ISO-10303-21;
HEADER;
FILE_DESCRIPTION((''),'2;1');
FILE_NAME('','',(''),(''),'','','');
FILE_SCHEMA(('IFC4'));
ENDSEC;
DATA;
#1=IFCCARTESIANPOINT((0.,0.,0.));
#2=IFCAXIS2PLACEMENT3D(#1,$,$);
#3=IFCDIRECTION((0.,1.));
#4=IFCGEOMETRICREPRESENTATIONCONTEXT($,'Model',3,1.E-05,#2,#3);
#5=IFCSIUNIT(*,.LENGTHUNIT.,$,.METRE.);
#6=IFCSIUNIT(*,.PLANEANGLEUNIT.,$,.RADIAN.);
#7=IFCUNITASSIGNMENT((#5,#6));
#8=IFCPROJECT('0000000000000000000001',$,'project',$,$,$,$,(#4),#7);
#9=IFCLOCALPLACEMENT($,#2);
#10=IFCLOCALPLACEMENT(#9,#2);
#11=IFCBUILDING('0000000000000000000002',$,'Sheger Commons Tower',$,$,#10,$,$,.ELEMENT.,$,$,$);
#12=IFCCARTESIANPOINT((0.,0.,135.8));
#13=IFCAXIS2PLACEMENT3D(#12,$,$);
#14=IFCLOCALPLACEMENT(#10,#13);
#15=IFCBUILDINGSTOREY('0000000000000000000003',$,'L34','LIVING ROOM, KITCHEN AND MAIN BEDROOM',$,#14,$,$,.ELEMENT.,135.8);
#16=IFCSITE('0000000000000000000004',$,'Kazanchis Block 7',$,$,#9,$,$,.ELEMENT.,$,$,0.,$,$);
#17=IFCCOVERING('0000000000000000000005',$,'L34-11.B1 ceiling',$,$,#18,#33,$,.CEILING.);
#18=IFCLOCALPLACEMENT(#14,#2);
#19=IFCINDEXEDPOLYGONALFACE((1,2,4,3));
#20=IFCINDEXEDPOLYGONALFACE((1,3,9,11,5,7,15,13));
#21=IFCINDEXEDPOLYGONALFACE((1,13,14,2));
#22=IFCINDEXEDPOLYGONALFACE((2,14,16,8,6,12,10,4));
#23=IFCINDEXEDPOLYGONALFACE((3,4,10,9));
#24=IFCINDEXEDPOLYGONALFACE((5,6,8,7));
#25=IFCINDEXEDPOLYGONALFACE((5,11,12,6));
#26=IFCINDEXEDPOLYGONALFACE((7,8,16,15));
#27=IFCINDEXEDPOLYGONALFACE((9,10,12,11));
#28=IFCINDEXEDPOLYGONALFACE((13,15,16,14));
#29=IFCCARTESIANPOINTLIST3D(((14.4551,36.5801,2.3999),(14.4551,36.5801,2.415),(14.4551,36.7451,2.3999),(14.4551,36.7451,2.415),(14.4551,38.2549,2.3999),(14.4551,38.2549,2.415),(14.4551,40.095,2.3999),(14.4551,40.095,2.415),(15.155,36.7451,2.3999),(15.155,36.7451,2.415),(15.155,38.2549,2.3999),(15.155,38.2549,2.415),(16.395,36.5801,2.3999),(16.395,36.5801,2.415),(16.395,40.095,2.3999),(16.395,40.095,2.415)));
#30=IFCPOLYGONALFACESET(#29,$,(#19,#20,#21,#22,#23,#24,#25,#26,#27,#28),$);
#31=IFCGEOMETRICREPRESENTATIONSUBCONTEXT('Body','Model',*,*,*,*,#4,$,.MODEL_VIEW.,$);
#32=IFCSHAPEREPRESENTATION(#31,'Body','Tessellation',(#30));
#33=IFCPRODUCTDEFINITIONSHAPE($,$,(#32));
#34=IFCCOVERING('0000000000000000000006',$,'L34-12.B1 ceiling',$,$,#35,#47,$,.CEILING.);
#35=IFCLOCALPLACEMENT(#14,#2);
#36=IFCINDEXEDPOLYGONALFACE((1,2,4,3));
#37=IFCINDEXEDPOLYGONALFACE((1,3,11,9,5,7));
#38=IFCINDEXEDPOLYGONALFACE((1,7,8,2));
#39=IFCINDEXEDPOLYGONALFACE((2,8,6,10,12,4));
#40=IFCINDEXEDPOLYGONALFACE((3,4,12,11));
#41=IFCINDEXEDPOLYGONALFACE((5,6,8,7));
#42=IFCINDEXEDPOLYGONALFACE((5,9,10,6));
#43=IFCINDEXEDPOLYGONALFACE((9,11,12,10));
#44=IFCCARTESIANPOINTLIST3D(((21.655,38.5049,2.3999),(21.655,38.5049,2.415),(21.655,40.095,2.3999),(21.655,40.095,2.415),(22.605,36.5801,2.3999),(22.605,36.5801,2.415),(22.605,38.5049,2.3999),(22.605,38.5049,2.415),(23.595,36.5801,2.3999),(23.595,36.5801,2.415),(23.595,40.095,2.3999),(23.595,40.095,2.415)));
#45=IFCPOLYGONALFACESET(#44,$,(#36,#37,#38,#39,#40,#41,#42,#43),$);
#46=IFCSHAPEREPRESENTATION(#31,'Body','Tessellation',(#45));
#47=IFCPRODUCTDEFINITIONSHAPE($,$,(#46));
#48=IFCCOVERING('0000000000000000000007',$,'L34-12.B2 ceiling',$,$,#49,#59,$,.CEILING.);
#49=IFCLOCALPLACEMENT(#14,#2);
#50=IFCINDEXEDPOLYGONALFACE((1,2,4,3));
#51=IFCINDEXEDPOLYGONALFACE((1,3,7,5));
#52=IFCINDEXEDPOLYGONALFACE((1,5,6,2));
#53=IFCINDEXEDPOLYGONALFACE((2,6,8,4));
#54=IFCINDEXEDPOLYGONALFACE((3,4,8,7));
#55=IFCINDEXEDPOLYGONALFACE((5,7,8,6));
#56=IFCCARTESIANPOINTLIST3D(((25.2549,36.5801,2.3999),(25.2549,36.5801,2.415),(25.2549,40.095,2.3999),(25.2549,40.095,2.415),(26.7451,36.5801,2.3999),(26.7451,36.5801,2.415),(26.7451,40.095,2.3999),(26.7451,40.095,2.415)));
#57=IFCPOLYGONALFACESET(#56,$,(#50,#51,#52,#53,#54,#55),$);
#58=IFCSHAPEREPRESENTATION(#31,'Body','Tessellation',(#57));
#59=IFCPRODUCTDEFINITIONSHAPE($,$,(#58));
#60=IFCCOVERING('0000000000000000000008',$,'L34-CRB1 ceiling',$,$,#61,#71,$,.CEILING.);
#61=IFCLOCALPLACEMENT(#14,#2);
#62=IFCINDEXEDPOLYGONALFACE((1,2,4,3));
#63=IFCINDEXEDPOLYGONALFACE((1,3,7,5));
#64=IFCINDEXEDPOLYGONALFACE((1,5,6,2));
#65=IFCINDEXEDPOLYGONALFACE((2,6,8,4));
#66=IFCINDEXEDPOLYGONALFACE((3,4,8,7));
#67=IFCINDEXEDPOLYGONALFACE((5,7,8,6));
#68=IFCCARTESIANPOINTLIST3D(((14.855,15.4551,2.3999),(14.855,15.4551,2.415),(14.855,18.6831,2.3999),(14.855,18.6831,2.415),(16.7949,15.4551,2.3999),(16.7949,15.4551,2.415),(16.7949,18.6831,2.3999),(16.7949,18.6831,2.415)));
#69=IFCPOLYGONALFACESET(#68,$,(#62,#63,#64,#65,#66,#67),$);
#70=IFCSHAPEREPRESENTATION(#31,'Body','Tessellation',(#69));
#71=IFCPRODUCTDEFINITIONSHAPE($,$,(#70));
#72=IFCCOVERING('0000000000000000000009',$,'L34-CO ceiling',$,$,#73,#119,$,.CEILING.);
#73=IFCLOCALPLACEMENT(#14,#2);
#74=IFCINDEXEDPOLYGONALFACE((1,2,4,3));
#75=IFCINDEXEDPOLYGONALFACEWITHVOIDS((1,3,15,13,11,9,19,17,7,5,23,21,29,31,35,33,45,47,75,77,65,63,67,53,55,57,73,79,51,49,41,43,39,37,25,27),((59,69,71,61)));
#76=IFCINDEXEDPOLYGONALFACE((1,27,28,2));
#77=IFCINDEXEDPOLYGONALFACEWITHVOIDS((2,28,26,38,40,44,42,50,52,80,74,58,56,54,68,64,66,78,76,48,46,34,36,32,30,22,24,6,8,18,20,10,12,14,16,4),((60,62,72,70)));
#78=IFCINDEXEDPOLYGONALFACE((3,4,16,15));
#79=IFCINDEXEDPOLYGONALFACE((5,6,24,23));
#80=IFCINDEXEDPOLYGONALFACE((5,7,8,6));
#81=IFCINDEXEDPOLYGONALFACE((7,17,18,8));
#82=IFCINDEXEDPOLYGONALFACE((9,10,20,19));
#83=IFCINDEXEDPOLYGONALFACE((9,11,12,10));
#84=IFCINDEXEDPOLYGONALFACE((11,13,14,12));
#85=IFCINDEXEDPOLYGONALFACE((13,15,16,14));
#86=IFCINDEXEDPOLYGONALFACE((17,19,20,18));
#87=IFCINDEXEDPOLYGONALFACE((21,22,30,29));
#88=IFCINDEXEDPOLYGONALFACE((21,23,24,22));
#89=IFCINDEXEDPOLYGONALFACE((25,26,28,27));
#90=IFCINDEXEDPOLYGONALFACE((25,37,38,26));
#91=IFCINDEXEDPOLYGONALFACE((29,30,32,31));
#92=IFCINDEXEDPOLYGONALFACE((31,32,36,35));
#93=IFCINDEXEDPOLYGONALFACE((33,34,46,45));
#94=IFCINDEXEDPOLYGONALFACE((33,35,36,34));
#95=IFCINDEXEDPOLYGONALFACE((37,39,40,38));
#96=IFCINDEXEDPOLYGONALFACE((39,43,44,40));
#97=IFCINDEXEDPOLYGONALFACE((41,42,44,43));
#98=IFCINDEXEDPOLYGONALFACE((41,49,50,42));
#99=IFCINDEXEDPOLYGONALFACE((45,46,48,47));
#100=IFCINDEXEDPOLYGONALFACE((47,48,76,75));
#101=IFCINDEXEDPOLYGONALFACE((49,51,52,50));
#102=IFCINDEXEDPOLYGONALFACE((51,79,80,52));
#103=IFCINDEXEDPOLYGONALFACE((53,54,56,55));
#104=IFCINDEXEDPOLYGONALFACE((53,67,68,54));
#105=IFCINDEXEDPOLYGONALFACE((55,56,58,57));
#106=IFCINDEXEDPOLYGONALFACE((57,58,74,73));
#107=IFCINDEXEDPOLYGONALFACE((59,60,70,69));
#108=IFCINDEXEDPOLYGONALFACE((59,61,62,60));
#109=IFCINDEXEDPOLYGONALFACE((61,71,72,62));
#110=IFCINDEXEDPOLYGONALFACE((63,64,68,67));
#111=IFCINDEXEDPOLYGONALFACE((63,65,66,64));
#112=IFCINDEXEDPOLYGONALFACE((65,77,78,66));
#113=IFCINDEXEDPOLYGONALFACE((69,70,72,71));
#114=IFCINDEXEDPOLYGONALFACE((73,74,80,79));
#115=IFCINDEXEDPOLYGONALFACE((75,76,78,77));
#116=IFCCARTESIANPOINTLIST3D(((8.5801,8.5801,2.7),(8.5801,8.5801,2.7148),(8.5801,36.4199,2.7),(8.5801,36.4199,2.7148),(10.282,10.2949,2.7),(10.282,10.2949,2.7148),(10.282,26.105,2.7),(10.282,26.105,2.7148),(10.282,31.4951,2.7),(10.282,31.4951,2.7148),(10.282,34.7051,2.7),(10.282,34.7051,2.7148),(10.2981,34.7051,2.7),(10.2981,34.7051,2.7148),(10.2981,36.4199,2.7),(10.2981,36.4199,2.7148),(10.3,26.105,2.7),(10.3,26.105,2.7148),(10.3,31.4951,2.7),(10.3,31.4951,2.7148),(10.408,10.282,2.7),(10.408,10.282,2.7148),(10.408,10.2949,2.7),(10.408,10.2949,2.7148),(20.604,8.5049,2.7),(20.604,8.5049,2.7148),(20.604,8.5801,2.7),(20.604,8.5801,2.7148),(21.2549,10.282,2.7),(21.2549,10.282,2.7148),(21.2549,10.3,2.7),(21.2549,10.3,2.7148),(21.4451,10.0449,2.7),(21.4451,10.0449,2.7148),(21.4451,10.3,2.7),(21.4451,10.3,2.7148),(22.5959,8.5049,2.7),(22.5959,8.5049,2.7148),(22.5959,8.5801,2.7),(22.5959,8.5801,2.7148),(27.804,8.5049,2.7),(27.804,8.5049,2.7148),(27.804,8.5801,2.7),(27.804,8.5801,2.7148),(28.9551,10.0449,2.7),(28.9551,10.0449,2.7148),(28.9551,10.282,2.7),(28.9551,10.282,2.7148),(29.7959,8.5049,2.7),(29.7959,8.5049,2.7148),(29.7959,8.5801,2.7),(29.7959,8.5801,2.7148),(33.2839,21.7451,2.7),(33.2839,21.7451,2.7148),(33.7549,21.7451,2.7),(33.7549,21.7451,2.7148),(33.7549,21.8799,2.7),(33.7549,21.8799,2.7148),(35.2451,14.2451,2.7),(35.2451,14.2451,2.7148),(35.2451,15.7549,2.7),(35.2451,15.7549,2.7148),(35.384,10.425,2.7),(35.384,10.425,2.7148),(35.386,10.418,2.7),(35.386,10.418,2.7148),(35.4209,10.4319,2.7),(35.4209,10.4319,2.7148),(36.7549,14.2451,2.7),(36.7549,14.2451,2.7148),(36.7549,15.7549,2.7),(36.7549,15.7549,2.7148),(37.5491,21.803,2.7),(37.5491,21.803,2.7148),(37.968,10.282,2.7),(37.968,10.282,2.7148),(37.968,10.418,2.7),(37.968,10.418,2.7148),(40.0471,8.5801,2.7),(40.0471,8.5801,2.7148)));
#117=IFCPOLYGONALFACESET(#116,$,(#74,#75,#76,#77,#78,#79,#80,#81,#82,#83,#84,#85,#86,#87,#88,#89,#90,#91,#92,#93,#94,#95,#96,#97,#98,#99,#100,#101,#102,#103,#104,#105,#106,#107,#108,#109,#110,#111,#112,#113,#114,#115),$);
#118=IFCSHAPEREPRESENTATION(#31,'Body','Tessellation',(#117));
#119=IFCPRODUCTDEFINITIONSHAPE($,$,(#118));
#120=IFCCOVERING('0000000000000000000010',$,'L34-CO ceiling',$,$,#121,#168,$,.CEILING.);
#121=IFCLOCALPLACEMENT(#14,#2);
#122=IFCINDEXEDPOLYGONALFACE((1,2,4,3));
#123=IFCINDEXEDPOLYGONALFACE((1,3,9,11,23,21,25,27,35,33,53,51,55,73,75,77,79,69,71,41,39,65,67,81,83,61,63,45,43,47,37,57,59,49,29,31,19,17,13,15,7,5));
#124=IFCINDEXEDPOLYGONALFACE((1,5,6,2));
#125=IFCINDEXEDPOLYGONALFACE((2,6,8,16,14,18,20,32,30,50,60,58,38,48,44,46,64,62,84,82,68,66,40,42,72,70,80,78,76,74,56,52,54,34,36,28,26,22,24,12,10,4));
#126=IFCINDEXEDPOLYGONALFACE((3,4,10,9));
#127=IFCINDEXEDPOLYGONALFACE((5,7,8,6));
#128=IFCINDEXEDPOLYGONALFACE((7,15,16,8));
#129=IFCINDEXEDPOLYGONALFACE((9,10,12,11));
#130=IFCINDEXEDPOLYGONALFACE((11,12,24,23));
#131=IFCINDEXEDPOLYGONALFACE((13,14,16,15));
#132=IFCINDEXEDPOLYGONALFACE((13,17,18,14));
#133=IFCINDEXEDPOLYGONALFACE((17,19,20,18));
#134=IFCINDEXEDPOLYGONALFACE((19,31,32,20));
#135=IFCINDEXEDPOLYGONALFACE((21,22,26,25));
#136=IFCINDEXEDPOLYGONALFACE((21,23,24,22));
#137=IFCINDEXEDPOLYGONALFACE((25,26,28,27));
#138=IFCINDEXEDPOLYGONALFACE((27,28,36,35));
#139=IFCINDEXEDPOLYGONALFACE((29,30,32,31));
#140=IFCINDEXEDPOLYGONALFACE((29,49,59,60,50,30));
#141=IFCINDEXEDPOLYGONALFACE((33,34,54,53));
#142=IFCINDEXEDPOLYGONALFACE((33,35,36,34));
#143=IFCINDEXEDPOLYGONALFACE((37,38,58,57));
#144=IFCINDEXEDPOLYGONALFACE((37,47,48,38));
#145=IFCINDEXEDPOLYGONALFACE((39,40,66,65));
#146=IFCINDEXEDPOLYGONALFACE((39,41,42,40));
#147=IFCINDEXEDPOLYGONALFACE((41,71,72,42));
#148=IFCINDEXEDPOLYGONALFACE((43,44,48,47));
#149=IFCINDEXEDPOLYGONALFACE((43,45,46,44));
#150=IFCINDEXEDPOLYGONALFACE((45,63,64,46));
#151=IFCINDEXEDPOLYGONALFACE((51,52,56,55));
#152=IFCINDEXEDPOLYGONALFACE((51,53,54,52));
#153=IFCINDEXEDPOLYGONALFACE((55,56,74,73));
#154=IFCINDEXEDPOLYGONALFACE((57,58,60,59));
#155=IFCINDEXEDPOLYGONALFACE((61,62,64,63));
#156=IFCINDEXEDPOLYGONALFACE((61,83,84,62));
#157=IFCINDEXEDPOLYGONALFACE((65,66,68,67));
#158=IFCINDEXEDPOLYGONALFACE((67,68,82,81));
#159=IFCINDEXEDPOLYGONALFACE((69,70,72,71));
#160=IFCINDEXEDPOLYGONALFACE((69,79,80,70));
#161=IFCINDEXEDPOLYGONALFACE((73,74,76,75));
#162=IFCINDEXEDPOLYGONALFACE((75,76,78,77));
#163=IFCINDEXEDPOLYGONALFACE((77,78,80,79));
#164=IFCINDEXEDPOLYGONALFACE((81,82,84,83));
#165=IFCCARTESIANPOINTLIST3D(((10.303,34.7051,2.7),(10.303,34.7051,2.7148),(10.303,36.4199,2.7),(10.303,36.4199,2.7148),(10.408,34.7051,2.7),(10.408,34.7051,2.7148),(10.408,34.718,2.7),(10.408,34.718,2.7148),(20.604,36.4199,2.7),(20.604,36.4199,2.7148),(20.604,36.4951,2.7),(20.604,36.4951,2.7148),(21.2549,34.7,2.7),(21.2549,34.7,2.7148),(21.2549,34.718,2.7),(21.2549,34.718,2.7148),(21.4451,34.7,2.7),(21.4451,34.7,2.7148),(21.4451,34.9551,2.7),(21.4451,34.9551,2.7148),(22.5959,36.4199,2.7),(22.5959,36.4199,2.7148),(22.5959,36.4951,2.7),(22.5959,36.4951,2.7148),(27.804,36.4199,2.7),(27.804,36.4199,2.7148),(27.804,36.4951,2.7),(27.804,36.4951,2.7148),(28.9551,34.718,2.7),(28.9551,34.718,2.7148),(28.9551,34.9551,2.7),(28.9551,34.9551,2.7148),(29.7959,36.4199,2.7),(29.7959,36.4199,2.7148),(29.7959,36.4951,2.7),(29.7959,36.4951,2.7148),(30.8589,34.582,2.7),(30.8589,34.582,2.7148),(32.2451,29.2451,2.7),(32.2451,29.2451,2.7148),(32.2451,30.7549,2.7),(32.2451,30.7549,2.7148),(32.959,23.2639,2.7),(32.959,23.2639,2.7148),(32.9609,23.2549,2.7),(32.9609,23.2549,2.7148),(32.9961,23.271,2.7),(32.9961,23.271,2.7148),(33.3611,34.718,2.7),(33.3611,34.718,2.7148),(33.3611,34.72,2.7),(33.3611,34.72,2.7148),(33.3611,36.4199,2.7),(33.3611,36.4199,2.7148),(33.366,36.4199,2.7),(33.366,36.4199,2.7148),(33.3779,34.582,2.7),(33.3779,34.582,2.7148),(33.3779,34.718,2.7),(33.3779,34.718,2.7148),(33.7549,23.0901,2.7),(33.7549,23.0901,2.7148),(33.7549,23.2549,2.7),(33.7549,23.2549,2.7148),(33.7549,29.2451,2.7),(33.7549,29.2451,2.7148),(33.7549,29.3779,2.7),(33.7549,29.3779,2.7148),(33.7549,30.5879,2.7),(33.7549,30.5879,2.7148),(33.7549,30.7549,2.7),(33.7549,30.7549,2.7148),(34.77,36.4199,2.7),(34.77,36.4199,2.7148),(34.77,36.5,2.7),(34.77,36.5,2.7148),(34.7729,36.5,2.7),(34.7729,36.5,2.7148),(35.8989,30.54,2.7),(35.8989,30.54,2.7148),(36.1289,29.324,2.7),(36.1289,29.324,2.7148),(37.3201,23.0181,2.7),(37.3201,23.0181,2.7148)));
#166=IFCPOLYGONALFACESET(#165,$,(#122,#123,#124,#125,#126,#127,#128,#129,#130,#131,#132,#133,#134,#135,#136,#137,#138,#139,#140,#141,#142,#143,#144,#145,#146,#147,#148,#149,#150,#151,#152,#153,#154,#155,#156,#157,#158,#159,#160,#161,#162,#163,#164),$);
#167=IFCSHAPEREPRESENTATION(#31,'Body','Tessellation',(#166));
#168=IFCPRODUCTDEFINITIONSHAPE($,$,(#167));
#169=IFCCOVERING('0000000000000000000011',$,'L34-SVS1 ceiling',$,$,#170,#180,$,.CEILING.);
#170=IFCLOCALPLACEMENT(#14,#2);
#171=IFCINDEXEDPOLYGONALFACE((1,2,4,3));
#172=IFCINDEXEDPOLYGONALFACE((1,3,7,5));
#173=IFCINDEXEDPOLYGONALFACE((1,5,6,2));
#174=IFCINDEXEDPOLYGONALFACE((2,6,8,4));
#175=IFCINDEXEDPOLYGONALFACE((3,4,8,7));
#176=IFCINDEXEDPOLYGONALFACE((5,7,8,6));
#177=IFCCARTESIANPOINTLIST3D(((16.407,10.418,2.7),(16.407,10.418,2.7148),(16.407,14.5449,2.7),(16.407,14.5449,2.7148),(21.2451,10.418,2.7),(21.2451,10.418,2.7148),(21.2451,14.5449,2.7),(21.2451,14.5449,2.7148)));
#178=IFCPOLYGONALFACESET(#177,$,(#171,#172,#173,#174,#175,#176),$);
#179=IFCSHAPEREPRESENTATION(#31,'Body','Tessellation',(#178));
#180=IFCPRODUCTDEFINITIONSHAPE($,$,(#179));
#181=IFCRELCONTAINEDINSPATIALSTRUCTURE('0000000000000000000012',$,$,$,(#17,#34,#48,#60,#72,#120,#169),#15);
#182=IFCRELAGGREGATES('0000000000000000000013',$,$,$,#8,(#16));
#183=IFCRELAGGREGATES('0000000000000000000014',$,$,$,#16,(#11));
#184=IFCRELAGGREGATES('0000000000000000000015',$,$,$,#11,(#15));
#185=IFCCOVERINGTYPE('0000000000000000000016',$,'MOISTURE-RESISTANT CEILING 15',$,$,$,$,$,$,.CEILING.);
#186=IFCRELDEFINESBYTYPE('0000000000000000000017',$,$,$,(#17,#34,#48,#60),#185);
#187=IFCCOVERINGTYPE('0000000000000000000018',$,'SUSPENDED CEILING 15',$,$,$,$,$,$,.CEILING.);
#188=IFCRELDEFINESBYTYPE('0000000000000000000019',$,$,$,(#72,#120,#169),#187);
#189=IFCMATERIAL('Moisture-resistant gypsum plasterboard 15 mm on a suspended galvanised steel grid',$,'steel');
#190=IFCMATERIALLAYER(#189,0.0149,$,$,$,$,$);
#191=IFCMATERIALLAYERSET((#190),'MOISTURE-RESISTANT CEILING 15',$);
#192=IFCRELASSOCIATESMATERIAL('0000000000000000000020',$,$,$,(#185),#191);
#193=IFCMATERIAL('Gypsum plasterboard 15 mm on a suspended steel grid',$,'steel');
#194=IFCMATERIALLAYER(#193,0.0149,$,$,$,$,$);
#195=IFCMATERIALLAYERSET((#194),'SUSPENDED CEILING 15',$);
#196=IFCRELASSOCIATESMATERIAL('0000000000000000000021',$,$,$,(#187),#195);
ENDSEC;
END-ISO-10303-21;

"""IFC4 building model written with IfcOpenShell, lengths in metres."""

from ifc_helpers import new_model, si_unit, direction, frame, origin, place, context, subcontext, project, spatial, polyline, outline, extrude, material, layer, layer_set, type_object, element, save


model = new_model("IFC4")

# Units and contexts
model_context = context("Model", 3, precision=1e-05, world=origin(), true_north=direction((0.0, 1.0)))
body_context = subcontext(model_context, "Body", "Model", "MODEL_VIEW")
ifc_project = project(units=[si_unit("LENGTHUNIT", "METRE"), si_unit("PLANEANGLEUNIT", "RADIAN")], contexts=[model_context])

# Site, building, storey
site_placement = place(None, origin())
site = spatial("IfcSite", under=ifc_project, at=site_placement, Name="Kazanchis Block 7", CompositionType="ELEMENT", RefElevation=0.0)
building_placement = place(site_placement, origin())
building = spatial("IfcBuilding", under=site, at=building_placement, Name="Sheger Commons Tower", CompositionType="ELEMENT")
storey_placement = place(building_placement, frame((0.0, 0.0, 135.8)))
storey = spatial("IfcBuildingStorey", under=building, at=storey_placement, Name="L34", Description="LIVING ROOM, KITCHEN AND MAIN BEDROOM", CompositionType="ELEMENT", Elevation=135.8)

# Coverings
ifc_material_1 = material(Name="Moisture-resistant gypsum plasterboard 15 mm on a suspended galvanised steel grid", Category="steel")
ifc_layer_1 = layer(ifc_material_1, 0.0149)
ifc_layer_set_1 = layer_set([ifc_layer_1], Name="MOISTURE-RESISTANT CEILING 15")
covering_type_1 = type_object("IfcCoveringType", Name="MOISTURE-RESISTANT CEILING 15", PredefinedType="CEILING", material=ifc_layer_set_1)
covering_1_placement = place(storey_placement, frame((0.0, 0.0, 2.3999)))
element("IfcCovering", 1, at=covering_1_placement, inside=storey, type_object=covering_type_1, Name="L34-11.B1 ceiling", PredefinedType="CEILING", context=body_context, shape_type="SweptSolid", body=[
    extrude(outline(polyline([(14.4551, 36.5801), (16.395, 36.5801), (16.395, 40.095), (14.4551, 40.095), (14.4551, 38.2549), (15.155, 38.2549), (15.155, 36.7451), (14.4551, 36.7451), (14.4551, 36.5801)])), origin(), (0.0, 0.0, 1.0), 0.0151),
])
covering_2_placement = place(storey_placement, frame((0.0, 0.0, 2.3999)))
element("IfcCovering", 2, at=covering_2_placement, inside=storey, type_object=covering_type_1, Name="L34-12.B1 ceiling", PredefinedType="CEILING", context=body_context, shape_type="SweptSolid", body=[
    extrude(outline(polyline([(22.605, 36.5801), (23.595, 36.5801), (23.595, 40.095), (21.655, 40.095), (21.655, 38.5049), (22.605, 38.5049), (22.605, 36.5801)])), origin(), (0.0, 0.0, 1.0), 0.0151),
])
covering_3_placement = place(storey_placement, frame((0.0, 0.0, 2.3999)))
element("IfcCovering", 3, at=covering_3_placement, inside=storey, type_object=covering_type_1, Name="L34-12.B2 ceiling", PredefinedType="CEILING", context=body_context, shape_type="SweptSolid", body=[
    extrude(outline(polyline([(25.2549, 36.5801), (26.7451, 36.5801), (26.7451, 40.095), (25.2549, 40.095), (25.2549, 36.5801)])), origin(), (0.0, 0.0, 1.0), 0.0151),
])
covering_4_placement = place(storey_placement, frame((0.0, 0.0, 2.3999)))
element("IfcCovering", 4, at=covering_4_placement, inside=storey, type_object=covering_type_1, Name="L34-CRB1 ceiling", PredefinedType="CEILING", context=body_context, shape_type="SweptSolid", body=[
    extrude(outline(polyline([(14.855, 15.4551), (16.7949, 15.4551), (16.7949, 18.6831), (14.855, 18.6831), (14.855, 15.4551)])), origin(), (0.0, 0.0, 1.0), 0.0151),
])
ifc_material_2 = material(Name="Gypsum plasterboard 15 mm on a suspended steel grid", Category="steel")
ifc_layer_2 = layer(ifc_material_2, 0.0149)
ifc_layer_set_2 = layer_set([ifc_layer_2], Name="SUSPENDED CEILING 15")
covering_type_2 = type_object("IfcCoveringType", Name="SUSPENDED CEILING 15", PredefinedType="CEILING", material=ifc_layer_set_2)
covering_5_placement = place(storey_placement, frame((0.0, 0.0, 2.7)))
element("IfcCovering", 5, at=covering_5_placement, inside=storey, type_object=covering_type_2, Name="L34-CO ceiling", PredefinedType="CEILING", context=body_context, shape_type="SweptSolid", body=[
    extrude(outline(polyline([(20.604, 8.5049), (22.5959, 8.5049), (22.5959, 8.5801), (27.804, 8.5801), (27.804, 8.5049), (29.7959, 8.5049), (29.7959, 8.5801), (40.0471, 8.5801), (37.5491, 21.803), (33.7549, 21.8799), (33.7549, 21.7451), (33.2839, 21.7451), (35.4209, 10.4319), (35.384, 10.425), (35.386, 10.418), (37.968, 10.418), (37.968, 10.282), (28.9551, 10.282), (28.9551, 10.0449), (21.4451, 10.0449), (21.4451, 10.3), (21.2549, 10.3), (21.2549, 10.282), (10.408, 10.282), (10.408, 10.2949), (10.282, 10.2949), (10.282, 26.105), (10.3, 26.105), (10.3, 31.4951), (10.282, 31.4951), (10.282, 34.7051), (10.2981, 34.7051), (10.2981, 36.4199), (8.5801, 36.4199), (8.5801, 8.5801), (20.604, 8.5801), (20.604, 8.5049)]), holes=[polyline([(36.7549, 15.7549), (36.7549, 14.2451), (35.2451, 14.2451), (35.2451, 15.7549), (36.7549, 15.7549)])]), origin(), (0.0, 0.0, 1.0), 0.0149),
])
covering_6_placement = place(storey_placement, frame((0.0, 0.0, 2.7)))
element("IfcCovering", 6, at=covering_6_placement, inside=storey, type_object=covering_type_2, Name="L34-CO ceiling", PredefinedType="CEILING", context=body_context, shape_type="SweptSolid", body=[
    extrude(outline(polyline([(37.3201, 23.0181), (36.1289, 29.324), (33.7549, 29.3779), (33.7549, 29.2451), (32.2451, 29.2451), (32.2451, 30.7549), (33.7549, 30.7549), (33.7549, 30.5879), (35.8989, 30.54), (34.7729, 36.5), (34.77, 36.5), (34.77, 36.4199), (33.366, 36.4199), (33.3611, 34.72), (33.3611, 36.4199), (29.7959, 36.4199), (29.7959, 36.4951), (27.804, 36.4951), (27.804, 36.4199), (22.5959, 36.4199), (22.5959, 36.4951), (20.604, 36.4951), (20.604, 36.4199), (10.303, 36.4199), (10.303, 34.7051), (10.408, 34.7051), (10.408, 34.718), (21.2549, 34.718), (21.2549, 34.7), (21.4451, 34.7), (21.4451, 34.9551), (28.9551, 34.9551), (28.9551, 34.718), (33.3611, 34.718), (33.3779, 34.718), (33.3779, 34.582), (30.8589, 34.582), (32.9961, 23.271), (32.959, 23.2639), (32.9609, 23.2549), (33.7549, 23.2549), (33.7549, 23.0901), (37.3201, 23.0181)])), origin(), (0.0, 0.0, 1.0), 0.0149),
])
covering_7_placement = place(storey_placement, frame((0.0, 0.0, 2.7)))
element("IfcCovering", 7, at=covering_7_placement, inside=storey, type_object=covering_type_2, Name="L34-SVS1 ceiling", PredefinedType="CEILING", context=body_context, shape_type="SweptSolid", body=[
    extrude(outline(polyline([(16.407, 10.418), (21.2451, 10.418), (21.2451, 14.5449), (16.407, 14.5449), (16.407, 10.418)])), origin(), (0.0, 0.0, 1.0), 0.0149),
])

save(model, "model.ifc")
